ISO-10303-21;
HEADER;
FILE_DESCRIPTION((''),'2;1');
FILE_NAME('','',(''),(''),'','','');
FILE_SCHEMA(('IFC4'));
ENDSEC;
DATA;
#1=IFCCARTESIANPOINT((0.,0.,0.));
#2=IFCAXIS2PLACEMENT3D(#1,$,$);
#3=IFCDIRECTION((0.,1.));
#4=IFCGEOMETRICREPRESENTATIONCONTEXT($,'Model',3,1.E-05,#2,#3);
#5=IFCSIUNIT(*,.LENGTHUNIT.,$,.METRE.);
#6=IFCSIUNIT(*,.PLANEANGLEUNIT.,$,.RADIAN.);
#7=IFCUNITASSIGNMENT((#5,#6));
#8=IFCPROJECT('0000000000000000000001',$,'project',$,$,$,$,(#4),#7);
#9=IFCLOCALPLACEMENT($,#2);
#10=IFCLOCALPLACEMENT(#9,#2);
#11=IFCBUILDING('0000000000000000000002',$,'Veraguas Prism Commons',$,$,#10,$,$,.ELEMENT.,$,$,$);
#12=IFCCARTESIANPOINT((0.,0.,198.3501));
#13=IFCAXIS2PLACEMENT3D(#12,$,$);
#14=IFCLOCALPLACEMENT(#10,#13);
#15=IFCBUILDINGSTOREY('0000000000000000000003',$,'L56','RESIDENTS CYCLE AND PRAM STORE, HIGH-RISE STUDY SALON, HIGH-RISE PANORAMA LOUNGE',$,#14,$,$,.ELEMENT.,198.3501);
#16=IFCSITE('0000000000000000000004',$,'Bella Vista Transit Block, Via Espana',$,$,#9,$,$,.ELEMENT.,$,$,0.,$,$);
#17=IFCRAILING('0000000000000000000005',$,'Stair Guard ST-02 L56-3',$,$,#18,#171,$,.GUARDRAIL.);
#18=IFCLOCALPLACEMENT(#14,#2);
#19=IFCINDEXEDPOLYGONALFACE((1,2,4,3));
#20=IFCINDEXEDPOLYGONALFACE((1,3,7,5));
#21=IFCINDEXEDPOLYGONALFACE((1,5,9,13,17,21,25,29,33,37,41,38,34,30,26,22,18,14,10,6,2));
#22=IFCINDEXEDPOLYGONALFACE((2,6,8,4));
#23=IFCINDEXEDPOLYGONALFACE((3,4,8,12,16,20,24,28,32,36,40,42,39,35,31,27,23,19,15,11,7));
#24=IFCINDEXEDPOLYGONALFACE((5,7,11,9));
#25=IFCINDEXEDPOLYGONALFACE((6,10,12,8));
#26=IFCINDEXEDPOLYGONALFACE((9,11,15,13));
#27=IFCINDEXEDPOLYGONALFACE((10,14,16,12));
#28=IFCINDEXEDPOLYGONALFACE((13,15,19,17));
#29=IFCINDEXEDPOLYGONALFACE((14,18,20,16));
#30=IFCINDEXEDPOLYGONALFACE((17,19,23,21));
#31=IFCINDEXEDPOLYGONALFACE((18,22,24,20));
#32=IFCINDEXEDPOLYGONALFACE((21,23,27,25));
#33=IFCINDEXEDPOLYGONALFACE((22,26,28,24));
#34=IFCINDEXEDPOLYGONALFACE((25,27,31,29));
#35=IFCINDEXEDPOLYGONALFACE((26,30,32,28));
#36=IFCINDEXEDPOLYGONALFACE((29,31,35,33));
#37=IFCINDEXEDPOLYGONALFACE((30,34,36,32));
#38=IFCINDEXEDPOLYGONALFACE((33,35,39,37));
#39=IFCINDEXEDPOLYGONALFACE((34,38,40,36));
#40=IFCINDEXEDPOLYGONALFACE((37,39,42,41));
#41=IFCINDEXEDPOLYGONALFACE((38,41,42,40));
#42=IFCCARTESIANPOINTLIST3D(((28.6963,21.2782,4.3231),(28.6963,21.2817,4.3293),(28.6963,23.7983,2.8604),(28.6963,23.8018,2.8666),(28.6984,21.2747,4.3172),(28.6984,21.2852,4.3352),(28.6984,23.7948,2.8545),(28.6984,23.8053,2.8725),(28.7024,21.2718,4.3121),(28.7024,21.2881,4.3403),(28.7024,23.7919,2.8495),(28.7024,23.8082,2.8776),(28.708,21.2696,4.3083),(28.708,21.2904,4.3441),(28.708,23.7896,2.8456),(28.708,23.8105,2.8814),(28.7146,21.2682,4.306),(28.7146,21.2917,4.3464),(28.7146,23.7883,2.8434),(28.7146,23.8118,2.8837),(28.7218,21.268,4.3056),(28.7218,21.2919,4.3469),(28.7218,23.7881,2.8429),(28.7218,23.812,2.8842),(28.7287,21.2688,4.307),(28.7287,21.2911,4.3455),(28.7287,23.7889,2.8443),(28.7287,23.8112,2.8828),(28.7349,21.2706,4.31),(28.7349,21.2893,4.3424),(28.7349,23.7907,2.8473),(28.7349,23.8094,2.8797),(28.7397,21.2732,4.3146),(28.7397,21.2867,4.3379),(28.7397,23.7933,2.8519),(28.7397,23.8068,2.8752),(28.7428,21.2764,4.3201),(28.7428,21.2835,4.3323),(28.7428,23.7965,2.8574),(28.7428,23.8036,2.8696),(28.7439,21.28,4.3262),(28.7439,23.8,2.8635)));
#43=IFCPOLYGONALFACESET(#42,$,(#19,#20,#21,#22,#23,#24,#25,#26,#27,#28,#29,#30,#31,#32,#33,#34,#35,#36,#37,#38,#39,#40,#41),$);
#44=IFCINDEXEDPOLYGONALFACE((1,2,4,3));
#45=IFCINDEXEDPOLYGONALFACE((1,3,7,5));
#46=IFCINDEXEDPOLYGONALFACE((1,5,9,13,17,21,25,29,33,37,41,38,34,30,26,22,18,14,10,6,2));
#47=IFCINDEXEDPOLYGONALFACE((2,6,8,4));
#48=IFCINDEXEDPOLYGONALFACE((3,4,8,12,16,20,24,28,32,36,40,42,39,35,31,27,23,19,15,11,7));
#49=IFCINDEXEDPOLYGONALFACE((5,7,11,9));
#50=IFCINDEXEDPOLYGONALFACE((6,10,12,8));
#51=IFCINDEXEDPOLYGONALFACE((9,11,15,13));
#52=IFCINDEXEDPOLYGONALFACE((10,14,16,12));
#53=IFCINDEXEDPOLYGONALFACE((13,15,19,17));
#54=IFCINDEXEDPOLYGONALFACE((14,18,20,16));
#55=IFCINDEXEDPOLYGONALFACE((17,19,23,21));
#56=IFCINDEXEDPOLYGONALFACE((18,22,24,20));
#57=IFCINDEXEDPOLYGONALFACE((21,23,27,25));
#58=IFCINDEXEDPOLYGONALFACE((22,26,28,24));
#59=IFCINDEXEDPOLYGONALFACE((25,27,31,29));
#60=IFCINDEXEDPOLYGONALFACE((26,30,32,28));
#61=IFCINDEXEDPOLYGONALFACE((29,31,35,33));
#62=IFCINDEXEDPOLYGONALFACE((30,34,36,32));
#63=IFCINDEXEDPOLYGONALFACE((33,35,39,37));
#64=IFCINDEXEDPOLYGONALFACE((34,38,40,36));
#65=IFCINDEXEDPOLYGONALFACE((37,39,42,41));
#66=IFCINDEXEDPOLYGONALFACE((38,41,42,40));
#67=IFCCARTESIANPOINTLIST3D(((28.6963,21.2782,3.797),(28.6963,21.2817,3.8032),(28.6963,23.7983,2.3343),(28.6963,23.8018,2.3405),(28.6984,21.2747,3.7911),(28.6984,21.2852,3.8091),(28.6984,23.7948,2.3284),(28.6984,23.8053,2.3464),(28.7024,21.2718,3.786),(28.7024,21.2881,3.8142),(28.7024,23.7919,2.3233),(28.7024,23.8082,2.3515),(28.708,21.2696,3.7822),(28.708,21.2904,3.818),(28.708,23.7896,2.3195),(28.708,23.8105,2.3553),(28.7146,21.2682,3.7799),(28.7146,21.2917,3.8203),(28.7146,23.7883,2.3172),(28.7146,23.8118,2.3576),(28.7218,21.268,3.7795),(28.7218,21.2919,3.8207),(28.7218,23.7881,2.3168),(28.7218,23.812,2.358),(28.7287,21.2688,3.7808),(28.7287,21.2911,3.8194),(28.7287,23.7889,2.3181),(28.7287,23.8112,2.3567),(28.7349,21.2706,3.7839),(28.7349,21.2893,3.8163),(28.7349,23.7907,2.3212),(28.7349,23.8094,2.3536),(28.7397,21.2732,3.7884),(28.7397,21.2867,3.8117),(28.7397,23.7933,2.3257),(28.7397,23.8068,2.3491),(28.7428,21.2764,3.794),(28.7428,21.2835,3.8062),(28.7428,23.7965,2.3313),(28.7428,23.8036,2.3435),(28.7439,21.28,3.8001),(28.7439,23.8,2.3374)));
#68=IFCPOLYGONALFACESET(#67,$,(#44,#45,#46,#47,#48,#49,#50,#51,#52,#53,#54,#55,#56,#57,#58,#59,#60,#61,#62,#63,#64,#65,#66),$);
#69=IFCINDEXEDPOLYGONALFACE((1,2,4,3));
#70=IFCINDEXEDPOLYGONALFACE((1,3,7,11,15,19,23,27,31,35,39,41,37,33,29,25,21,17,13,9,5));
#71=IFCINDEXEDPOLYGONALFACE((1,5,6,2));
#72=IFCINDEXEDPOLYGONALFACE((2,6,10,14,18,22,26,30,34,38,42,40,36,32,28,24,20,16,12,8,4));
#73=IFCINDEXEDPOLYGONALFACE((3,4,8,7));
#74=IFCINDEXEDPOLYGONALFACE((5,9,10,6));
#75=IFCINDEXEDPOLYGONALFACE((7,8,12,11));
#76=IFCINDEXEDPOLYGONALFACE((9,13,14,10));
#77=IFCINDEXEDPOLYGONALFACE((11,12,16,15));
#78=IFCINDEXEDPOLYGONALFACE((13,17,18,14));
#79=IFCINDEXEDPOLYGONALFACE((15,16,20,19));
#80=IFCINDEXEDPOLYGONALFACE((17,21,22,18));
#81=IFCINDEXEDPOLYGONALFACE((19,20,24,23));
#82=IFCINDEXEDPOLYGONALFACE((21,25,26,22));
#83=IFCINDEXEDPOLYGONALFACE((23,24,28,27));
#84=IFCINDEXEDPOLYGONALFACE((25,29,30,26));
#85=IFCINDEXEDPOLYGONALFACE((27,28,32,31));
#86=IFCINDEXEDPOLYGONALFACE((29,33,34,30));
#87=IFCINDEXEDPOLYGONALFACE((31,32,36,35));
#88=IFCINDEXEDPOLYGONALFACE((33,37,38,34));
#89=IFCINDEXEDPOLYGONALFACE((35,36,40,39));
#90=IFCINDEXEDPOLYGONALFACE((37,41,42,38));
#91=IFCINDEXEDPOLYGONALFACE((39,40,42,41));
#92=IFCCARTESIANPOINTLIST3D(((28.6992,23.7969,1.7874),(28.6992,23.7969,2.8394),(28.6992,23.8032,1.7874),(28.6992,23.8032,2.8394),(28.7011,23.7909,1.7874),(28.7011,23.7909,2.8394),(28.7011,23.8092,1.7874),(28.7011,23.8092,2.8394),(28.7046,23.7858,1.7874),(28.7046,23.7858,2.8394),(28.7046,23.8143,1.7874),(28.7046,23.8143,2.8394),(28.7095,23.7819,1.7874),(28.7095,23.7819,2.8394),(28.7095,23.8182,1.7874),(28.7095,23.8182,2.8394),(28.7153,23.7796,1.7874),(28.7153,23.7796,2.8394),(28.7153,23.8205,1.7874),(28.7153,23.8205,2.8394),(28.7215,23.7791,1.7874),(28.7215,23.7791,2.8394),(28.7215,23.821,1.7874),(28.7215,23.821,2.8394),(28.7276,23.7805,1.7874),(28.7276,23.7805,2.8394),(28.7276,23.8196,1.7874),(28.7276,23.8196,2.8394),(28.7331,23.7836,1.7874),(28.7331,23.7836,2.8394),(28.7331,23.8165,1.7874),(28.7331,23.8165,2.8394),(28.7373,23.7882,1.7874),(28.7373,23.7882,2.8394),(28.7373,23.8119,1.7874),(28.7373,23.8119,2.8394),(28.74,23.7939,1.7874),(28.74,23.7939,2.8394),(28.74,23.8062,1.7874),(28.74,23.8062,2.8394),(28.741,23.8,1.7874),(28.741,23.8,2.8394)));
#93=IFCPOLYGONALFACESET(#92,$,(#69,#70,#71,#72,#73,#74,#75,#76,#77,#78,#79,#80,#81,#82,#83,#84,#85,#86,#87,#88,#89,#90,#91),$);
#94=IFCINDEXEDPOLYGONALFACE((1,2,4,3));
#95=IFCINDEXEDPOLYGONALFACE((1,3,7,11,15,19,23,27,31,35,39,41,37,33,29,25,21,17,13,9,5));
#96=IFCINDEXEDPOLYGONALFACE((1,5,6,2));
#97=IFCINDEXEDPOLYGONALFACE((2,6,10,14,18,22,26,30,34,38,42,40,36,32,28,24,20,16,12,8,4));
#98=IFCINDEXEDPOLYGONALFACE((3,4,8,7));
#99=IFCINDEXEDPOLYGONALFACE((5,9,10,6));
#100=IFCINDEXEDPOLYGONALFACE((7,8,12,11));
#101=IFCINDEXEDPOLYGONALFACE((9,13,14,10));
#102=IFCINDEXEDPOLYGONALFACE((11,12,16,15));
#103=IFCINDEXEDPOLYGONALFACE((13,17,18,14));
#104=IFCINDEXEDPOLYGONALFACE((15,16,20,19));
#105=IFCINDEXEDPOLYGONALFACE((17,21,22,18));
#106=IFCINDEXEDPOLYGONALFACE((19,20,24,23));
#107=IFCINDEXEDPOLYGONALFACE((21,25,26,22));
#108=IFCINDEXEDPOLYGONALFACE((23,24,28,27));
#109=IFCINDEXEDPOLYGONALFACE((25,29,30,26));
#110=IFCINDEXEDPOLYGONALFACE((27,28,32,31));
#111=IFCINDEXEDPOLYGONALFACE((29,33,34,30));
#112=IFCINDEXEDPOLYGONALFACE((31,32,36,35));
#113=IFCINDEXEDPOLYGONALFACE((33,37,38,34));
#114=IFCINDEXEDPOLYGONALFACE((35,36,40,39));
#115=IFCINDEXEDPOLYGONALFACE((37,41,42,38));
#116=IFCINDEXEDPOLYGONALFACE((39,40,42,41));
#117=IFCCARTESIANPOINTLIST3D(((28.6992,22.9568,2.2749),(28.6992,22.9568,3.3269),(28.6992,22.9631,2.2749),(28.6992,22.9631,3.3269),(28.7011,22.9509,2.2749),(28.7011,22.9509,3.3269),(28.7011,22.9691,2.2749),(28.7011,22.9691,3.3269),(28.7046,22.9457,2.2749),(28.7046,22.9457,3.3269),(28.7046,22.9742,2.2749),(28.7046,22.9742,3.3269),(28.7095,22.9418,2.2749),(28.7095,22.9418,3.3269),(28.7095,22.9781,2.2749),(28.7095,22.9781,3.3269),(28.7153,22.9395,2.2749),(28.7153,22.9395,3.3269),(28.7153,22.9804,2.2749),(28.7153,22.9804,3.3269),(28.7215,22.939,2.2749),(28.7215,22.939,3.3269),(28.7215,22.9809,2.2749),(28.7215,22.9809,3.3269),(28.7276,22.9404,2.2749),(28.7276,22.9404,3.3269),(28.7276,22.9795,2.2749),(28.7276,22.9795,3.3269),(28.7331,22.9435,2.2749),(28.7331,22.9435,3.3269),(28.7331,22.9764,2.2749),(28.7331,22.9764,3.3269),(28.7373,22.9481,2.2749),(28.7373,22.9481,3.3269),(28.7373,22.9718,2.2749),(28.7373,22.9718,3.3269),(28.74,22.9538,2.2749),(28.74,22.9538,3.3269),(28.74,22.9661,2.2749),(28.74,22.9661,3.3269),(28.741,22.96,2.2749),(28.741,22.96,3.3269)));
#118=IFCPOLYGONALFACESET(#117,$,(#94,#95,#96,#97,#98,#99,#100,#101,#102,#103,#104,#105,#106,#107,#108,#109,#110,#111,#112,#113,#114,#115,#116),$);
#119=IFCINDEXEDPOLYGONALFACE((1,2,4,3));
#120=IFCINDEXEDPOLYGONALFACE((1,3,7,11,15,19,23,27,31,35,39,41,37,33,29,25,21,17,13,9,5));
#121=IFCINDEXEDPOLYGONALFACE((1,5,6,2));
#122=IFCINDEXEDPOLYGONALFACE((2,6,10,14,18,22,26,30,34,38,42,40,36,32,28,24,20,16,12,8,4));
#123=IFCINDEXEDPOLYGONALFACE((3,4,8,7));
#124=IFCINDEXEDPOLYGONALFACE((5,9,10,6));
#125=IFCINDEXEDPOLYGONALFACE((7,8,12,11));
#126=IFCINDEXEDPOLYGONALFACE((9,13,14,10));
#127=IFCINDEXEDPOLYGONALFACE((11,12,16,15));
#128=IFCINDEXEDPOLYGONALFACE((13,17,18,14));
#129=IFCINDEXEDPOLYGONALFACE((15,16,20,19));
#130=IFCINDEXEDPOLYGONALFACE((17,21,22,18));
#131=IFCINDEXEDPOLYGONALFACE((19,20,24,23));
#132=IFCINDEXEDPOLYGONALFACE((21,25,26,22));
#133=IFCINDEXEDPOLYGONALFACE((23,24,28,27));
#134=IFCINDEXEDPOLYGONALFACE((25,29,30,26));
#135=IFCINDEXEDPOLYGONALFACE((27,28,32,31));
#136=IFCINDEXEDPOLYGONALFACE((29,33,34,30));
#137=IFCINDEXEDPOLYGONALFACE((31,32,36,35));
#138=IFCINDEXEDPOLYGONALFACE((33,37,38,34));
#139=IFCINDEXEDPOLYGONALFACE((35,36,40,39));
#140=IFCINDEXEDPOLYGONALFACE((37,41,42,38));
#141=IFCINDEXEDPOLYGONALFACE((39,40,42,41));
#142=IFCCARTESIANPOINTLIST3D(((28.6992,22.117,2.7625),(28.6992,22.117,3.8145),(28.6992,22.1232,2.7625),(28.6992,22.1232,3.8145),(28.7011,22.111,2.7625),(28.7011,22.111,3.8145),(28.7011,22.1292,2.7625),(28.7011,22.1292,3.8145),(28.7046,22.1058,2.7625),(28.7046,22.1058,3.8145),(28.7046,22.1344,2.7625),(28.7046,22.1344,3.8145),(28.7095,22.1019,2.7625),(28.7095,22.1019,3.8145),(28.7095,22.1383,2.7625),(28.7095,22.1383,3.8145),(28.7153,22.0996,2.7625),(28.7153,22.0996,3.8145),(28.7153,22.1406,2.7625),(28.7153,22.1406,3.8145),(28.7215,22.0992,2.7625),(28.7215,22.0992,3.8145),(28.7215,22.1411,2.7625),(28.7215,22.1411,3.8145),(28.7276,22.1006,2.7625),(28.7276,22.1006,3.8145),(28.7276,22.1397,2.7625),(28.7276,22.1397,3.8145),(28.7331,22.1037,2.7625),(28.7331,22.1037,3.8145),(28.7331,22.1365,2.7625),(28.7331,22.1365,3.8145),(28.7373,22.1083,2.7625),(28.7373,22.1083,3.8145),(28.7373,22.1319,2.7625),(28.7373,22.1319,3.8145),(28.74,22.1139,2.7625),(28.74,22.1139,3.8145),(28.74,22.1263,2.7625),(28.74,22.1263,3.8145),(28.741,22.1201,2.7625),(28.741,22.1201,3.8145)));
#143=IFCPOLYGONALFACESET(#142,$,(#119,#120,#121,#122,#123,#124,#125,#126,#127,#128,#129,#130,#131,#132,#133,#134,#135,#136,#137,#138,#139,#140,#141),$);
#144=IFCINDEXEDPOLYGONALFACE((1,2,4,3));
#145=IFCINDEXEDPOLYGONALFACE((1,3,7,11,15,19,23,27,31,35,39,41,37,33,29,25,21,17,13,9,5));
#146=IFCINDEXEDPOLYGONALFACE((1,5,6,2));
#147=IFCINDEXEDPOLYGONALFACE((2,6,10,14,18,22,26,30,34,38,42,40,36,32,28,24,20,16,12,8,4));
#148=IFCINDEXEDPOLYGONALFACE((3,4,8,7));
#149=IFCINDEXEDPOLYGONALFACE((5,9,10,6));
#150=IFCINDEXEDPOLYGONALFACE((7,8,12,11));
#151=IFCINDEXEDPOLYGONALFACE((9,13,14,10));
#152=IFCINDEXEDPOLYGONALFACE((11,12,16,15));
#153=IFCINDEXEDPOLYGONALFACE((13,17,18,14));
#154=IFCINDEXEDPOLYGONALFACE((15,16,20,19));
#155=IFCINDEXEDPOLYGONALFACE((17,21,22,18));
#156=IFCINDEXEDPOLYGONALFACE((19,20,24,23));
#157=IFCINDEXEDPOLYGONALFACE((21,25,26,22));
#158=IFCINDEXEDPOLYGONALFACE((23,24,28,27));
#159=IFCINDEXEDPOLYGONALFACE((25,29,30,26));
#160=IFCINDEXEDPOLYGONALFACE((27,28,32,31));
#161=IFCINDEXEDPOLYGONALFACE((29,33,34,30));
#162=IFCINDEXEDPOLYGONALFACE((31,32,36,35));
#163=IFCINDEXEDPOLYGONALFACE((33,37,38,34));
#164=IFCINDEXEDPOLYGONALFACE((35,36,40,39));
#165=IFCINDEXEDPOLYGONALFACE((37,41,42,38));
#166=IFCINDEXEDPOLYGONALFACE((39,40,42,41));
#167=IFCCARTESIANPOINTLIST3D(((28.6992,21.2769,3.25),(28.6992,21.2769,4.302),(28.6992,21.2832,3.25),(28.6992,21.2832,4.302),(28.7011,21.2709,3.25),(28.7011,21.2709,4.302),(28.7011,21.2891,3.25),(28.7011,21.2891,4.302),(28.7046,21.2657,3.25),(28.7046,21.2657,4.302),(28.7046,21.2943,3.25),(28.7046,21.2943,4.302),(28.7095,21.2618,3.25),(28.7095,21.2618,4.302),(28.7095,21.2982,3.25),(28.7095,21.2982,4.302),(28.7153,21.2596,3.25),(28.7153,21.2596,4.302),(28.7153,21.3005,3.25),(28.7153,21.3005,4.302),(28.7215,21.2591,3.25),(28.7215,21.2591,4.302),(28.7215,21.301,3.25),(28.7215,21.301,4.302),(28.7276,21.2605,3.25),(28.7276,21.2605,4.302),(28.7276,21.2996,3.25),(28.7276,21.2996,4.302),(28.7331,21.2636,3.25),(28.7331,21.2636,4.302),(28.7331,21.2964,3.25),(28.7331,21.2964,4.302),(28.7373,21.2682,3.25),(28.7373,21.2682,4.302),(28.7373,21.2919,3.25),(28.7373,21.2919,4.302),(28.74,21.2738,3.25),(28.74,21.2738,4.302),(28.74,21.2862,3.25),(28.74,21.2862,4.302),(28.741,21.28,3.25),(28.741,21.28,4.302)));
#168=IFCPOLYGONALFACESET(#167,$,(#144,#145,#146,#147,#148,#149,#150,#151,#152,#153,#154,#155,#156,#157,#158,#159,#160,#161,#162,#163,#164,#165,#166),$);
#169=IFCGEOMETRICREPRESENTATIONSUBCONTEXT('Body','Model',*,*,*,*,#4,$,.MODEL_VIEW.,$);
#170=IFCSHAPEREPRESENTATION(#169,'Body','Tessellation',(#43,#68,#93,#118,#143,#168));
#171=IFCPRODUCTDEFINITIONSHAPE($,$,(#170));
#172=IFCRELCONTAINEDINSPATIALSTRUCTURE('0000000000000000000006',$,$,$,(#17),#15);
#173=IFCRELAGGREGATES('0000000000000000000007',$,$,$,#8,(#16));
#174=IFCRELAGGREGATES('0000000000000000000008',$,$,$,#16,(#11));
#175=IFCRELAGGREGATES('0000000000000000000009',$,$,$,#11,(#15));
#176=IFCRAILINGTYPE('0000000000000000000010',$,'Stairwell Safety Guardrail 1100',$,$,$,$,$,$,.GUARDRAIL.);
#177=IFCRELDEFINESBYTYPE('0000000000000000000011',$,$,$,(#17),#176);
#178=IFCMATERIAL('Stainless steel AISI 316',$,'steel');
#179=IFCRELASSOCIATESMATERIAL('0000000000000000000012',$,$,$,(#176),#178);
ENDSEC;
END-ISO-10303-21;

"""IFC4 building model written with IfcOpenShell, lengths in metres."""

from ifc_helpers import new_model, si_unit, direction, frame, origin, origin_2d, place, context, subcontext, project, spatial, circle, extrude, material, type_object, element, save


model = new_model("IFC4")

# Units and contexts
model_context = context("Model", 3, precision=1e-05, world=origin(), true_north=direction((0.0, 1.0)))
body_context = subcontext(model_context, "Body", "Model", "MODEL_VIEW")
ifc_project = project(units=[si_unit("LENGTHUNIT", "METRE"), si_unit("PLANEANGLEUNIT", "RADIAN")], contexts=[model_context])

# Site, building, storey
site_placement = place(None, origin())
site = spatial("IfcSite", under=ifc_project, at=site_placement, Name="Bella Vista Transit Block, Via Espana", CompositionType="ELEMENT", RefElevation=0.0)
building_placement = place(site_placement, origin())
building = spatial("IfcBuilding", under=site, at=building_placement, Name="Veraguas Prism Commons", CompositionType="ELEMENT")
storey_placement = place(building_placement, frame((0.0, 0.0, 198.3501)))
storey = spatial("IfcBuildingStorey", under=building, at=storey_placement, Name="L56", Description="RESIDENTS CYCLE AND PRAM STORE, HIGH-RISE STUDY SALON, HIGH-RISE PANORAMA LOUNGE", CompositionType="ELEMENT", Elevation=198.3501)

# Railing
ifc_material_1 = material(Name="Stainless steel AISI 316", Category="steel")
railing_type_1 = type_object("IfcRailingType", Name="Stairwell Safety Guardrail 1100", PredefinedType="GUARDRAIL", material=ifc_material_1)
railing_1_placement = place(storey_placement, frame((28.72, 23.8, 1.7874)))
element("IfcRailing", 1, at=railing_1_placement, inside=storey, type_object=railing_type_1, Name="Stair Guard ST-02 L56-3", PredefinedType="GUARDRAIL", context=body_context, shape_type="SweptSolid", body=[
    extrude(circle(Radius=0.0239, at=origin_2d()), frame((0.0, 0.0, 1.0762), z_axis=(0.0, -0.864877, 0.501984), x_axis=(1.0, 0.0, 0.0)), (0.0, 0.0, 1.0), 2.9138),
    extrude(circle(Radius=0.0239, at=origin_2d()), frame((0.0, 0.0, 0.55), z_axis=(0.0, -0.864877, 0.501984), x_axis=(1.0, 0.0, 0.0)), (0.0, 0.0, 1.0), 2.9138),
    extrude(circle(Radius=0.021, at=origin_2d()), origin(), (0.0, 0.0, 1.0), 1.052),
    extrude(circle(Radius=0.021, at=origin_2d()), frame((0.0, -0.8401, 0.4875)), (0.0, 0.0, 1.0), 1.052),
    extrude(circle(Radius=0.021, at=origin_2d()), frame((0.0, -1.6799, 0.9751)), (0.0, 0.0, 1.0), 1.052),
    extrude(circle(Radius=0.021, at=origin_2d()), frame((0.0, -2.52, 1.4626)), (0.0, 0.0, 1.0), 1.052),
])

save(model, "model.ifc")
